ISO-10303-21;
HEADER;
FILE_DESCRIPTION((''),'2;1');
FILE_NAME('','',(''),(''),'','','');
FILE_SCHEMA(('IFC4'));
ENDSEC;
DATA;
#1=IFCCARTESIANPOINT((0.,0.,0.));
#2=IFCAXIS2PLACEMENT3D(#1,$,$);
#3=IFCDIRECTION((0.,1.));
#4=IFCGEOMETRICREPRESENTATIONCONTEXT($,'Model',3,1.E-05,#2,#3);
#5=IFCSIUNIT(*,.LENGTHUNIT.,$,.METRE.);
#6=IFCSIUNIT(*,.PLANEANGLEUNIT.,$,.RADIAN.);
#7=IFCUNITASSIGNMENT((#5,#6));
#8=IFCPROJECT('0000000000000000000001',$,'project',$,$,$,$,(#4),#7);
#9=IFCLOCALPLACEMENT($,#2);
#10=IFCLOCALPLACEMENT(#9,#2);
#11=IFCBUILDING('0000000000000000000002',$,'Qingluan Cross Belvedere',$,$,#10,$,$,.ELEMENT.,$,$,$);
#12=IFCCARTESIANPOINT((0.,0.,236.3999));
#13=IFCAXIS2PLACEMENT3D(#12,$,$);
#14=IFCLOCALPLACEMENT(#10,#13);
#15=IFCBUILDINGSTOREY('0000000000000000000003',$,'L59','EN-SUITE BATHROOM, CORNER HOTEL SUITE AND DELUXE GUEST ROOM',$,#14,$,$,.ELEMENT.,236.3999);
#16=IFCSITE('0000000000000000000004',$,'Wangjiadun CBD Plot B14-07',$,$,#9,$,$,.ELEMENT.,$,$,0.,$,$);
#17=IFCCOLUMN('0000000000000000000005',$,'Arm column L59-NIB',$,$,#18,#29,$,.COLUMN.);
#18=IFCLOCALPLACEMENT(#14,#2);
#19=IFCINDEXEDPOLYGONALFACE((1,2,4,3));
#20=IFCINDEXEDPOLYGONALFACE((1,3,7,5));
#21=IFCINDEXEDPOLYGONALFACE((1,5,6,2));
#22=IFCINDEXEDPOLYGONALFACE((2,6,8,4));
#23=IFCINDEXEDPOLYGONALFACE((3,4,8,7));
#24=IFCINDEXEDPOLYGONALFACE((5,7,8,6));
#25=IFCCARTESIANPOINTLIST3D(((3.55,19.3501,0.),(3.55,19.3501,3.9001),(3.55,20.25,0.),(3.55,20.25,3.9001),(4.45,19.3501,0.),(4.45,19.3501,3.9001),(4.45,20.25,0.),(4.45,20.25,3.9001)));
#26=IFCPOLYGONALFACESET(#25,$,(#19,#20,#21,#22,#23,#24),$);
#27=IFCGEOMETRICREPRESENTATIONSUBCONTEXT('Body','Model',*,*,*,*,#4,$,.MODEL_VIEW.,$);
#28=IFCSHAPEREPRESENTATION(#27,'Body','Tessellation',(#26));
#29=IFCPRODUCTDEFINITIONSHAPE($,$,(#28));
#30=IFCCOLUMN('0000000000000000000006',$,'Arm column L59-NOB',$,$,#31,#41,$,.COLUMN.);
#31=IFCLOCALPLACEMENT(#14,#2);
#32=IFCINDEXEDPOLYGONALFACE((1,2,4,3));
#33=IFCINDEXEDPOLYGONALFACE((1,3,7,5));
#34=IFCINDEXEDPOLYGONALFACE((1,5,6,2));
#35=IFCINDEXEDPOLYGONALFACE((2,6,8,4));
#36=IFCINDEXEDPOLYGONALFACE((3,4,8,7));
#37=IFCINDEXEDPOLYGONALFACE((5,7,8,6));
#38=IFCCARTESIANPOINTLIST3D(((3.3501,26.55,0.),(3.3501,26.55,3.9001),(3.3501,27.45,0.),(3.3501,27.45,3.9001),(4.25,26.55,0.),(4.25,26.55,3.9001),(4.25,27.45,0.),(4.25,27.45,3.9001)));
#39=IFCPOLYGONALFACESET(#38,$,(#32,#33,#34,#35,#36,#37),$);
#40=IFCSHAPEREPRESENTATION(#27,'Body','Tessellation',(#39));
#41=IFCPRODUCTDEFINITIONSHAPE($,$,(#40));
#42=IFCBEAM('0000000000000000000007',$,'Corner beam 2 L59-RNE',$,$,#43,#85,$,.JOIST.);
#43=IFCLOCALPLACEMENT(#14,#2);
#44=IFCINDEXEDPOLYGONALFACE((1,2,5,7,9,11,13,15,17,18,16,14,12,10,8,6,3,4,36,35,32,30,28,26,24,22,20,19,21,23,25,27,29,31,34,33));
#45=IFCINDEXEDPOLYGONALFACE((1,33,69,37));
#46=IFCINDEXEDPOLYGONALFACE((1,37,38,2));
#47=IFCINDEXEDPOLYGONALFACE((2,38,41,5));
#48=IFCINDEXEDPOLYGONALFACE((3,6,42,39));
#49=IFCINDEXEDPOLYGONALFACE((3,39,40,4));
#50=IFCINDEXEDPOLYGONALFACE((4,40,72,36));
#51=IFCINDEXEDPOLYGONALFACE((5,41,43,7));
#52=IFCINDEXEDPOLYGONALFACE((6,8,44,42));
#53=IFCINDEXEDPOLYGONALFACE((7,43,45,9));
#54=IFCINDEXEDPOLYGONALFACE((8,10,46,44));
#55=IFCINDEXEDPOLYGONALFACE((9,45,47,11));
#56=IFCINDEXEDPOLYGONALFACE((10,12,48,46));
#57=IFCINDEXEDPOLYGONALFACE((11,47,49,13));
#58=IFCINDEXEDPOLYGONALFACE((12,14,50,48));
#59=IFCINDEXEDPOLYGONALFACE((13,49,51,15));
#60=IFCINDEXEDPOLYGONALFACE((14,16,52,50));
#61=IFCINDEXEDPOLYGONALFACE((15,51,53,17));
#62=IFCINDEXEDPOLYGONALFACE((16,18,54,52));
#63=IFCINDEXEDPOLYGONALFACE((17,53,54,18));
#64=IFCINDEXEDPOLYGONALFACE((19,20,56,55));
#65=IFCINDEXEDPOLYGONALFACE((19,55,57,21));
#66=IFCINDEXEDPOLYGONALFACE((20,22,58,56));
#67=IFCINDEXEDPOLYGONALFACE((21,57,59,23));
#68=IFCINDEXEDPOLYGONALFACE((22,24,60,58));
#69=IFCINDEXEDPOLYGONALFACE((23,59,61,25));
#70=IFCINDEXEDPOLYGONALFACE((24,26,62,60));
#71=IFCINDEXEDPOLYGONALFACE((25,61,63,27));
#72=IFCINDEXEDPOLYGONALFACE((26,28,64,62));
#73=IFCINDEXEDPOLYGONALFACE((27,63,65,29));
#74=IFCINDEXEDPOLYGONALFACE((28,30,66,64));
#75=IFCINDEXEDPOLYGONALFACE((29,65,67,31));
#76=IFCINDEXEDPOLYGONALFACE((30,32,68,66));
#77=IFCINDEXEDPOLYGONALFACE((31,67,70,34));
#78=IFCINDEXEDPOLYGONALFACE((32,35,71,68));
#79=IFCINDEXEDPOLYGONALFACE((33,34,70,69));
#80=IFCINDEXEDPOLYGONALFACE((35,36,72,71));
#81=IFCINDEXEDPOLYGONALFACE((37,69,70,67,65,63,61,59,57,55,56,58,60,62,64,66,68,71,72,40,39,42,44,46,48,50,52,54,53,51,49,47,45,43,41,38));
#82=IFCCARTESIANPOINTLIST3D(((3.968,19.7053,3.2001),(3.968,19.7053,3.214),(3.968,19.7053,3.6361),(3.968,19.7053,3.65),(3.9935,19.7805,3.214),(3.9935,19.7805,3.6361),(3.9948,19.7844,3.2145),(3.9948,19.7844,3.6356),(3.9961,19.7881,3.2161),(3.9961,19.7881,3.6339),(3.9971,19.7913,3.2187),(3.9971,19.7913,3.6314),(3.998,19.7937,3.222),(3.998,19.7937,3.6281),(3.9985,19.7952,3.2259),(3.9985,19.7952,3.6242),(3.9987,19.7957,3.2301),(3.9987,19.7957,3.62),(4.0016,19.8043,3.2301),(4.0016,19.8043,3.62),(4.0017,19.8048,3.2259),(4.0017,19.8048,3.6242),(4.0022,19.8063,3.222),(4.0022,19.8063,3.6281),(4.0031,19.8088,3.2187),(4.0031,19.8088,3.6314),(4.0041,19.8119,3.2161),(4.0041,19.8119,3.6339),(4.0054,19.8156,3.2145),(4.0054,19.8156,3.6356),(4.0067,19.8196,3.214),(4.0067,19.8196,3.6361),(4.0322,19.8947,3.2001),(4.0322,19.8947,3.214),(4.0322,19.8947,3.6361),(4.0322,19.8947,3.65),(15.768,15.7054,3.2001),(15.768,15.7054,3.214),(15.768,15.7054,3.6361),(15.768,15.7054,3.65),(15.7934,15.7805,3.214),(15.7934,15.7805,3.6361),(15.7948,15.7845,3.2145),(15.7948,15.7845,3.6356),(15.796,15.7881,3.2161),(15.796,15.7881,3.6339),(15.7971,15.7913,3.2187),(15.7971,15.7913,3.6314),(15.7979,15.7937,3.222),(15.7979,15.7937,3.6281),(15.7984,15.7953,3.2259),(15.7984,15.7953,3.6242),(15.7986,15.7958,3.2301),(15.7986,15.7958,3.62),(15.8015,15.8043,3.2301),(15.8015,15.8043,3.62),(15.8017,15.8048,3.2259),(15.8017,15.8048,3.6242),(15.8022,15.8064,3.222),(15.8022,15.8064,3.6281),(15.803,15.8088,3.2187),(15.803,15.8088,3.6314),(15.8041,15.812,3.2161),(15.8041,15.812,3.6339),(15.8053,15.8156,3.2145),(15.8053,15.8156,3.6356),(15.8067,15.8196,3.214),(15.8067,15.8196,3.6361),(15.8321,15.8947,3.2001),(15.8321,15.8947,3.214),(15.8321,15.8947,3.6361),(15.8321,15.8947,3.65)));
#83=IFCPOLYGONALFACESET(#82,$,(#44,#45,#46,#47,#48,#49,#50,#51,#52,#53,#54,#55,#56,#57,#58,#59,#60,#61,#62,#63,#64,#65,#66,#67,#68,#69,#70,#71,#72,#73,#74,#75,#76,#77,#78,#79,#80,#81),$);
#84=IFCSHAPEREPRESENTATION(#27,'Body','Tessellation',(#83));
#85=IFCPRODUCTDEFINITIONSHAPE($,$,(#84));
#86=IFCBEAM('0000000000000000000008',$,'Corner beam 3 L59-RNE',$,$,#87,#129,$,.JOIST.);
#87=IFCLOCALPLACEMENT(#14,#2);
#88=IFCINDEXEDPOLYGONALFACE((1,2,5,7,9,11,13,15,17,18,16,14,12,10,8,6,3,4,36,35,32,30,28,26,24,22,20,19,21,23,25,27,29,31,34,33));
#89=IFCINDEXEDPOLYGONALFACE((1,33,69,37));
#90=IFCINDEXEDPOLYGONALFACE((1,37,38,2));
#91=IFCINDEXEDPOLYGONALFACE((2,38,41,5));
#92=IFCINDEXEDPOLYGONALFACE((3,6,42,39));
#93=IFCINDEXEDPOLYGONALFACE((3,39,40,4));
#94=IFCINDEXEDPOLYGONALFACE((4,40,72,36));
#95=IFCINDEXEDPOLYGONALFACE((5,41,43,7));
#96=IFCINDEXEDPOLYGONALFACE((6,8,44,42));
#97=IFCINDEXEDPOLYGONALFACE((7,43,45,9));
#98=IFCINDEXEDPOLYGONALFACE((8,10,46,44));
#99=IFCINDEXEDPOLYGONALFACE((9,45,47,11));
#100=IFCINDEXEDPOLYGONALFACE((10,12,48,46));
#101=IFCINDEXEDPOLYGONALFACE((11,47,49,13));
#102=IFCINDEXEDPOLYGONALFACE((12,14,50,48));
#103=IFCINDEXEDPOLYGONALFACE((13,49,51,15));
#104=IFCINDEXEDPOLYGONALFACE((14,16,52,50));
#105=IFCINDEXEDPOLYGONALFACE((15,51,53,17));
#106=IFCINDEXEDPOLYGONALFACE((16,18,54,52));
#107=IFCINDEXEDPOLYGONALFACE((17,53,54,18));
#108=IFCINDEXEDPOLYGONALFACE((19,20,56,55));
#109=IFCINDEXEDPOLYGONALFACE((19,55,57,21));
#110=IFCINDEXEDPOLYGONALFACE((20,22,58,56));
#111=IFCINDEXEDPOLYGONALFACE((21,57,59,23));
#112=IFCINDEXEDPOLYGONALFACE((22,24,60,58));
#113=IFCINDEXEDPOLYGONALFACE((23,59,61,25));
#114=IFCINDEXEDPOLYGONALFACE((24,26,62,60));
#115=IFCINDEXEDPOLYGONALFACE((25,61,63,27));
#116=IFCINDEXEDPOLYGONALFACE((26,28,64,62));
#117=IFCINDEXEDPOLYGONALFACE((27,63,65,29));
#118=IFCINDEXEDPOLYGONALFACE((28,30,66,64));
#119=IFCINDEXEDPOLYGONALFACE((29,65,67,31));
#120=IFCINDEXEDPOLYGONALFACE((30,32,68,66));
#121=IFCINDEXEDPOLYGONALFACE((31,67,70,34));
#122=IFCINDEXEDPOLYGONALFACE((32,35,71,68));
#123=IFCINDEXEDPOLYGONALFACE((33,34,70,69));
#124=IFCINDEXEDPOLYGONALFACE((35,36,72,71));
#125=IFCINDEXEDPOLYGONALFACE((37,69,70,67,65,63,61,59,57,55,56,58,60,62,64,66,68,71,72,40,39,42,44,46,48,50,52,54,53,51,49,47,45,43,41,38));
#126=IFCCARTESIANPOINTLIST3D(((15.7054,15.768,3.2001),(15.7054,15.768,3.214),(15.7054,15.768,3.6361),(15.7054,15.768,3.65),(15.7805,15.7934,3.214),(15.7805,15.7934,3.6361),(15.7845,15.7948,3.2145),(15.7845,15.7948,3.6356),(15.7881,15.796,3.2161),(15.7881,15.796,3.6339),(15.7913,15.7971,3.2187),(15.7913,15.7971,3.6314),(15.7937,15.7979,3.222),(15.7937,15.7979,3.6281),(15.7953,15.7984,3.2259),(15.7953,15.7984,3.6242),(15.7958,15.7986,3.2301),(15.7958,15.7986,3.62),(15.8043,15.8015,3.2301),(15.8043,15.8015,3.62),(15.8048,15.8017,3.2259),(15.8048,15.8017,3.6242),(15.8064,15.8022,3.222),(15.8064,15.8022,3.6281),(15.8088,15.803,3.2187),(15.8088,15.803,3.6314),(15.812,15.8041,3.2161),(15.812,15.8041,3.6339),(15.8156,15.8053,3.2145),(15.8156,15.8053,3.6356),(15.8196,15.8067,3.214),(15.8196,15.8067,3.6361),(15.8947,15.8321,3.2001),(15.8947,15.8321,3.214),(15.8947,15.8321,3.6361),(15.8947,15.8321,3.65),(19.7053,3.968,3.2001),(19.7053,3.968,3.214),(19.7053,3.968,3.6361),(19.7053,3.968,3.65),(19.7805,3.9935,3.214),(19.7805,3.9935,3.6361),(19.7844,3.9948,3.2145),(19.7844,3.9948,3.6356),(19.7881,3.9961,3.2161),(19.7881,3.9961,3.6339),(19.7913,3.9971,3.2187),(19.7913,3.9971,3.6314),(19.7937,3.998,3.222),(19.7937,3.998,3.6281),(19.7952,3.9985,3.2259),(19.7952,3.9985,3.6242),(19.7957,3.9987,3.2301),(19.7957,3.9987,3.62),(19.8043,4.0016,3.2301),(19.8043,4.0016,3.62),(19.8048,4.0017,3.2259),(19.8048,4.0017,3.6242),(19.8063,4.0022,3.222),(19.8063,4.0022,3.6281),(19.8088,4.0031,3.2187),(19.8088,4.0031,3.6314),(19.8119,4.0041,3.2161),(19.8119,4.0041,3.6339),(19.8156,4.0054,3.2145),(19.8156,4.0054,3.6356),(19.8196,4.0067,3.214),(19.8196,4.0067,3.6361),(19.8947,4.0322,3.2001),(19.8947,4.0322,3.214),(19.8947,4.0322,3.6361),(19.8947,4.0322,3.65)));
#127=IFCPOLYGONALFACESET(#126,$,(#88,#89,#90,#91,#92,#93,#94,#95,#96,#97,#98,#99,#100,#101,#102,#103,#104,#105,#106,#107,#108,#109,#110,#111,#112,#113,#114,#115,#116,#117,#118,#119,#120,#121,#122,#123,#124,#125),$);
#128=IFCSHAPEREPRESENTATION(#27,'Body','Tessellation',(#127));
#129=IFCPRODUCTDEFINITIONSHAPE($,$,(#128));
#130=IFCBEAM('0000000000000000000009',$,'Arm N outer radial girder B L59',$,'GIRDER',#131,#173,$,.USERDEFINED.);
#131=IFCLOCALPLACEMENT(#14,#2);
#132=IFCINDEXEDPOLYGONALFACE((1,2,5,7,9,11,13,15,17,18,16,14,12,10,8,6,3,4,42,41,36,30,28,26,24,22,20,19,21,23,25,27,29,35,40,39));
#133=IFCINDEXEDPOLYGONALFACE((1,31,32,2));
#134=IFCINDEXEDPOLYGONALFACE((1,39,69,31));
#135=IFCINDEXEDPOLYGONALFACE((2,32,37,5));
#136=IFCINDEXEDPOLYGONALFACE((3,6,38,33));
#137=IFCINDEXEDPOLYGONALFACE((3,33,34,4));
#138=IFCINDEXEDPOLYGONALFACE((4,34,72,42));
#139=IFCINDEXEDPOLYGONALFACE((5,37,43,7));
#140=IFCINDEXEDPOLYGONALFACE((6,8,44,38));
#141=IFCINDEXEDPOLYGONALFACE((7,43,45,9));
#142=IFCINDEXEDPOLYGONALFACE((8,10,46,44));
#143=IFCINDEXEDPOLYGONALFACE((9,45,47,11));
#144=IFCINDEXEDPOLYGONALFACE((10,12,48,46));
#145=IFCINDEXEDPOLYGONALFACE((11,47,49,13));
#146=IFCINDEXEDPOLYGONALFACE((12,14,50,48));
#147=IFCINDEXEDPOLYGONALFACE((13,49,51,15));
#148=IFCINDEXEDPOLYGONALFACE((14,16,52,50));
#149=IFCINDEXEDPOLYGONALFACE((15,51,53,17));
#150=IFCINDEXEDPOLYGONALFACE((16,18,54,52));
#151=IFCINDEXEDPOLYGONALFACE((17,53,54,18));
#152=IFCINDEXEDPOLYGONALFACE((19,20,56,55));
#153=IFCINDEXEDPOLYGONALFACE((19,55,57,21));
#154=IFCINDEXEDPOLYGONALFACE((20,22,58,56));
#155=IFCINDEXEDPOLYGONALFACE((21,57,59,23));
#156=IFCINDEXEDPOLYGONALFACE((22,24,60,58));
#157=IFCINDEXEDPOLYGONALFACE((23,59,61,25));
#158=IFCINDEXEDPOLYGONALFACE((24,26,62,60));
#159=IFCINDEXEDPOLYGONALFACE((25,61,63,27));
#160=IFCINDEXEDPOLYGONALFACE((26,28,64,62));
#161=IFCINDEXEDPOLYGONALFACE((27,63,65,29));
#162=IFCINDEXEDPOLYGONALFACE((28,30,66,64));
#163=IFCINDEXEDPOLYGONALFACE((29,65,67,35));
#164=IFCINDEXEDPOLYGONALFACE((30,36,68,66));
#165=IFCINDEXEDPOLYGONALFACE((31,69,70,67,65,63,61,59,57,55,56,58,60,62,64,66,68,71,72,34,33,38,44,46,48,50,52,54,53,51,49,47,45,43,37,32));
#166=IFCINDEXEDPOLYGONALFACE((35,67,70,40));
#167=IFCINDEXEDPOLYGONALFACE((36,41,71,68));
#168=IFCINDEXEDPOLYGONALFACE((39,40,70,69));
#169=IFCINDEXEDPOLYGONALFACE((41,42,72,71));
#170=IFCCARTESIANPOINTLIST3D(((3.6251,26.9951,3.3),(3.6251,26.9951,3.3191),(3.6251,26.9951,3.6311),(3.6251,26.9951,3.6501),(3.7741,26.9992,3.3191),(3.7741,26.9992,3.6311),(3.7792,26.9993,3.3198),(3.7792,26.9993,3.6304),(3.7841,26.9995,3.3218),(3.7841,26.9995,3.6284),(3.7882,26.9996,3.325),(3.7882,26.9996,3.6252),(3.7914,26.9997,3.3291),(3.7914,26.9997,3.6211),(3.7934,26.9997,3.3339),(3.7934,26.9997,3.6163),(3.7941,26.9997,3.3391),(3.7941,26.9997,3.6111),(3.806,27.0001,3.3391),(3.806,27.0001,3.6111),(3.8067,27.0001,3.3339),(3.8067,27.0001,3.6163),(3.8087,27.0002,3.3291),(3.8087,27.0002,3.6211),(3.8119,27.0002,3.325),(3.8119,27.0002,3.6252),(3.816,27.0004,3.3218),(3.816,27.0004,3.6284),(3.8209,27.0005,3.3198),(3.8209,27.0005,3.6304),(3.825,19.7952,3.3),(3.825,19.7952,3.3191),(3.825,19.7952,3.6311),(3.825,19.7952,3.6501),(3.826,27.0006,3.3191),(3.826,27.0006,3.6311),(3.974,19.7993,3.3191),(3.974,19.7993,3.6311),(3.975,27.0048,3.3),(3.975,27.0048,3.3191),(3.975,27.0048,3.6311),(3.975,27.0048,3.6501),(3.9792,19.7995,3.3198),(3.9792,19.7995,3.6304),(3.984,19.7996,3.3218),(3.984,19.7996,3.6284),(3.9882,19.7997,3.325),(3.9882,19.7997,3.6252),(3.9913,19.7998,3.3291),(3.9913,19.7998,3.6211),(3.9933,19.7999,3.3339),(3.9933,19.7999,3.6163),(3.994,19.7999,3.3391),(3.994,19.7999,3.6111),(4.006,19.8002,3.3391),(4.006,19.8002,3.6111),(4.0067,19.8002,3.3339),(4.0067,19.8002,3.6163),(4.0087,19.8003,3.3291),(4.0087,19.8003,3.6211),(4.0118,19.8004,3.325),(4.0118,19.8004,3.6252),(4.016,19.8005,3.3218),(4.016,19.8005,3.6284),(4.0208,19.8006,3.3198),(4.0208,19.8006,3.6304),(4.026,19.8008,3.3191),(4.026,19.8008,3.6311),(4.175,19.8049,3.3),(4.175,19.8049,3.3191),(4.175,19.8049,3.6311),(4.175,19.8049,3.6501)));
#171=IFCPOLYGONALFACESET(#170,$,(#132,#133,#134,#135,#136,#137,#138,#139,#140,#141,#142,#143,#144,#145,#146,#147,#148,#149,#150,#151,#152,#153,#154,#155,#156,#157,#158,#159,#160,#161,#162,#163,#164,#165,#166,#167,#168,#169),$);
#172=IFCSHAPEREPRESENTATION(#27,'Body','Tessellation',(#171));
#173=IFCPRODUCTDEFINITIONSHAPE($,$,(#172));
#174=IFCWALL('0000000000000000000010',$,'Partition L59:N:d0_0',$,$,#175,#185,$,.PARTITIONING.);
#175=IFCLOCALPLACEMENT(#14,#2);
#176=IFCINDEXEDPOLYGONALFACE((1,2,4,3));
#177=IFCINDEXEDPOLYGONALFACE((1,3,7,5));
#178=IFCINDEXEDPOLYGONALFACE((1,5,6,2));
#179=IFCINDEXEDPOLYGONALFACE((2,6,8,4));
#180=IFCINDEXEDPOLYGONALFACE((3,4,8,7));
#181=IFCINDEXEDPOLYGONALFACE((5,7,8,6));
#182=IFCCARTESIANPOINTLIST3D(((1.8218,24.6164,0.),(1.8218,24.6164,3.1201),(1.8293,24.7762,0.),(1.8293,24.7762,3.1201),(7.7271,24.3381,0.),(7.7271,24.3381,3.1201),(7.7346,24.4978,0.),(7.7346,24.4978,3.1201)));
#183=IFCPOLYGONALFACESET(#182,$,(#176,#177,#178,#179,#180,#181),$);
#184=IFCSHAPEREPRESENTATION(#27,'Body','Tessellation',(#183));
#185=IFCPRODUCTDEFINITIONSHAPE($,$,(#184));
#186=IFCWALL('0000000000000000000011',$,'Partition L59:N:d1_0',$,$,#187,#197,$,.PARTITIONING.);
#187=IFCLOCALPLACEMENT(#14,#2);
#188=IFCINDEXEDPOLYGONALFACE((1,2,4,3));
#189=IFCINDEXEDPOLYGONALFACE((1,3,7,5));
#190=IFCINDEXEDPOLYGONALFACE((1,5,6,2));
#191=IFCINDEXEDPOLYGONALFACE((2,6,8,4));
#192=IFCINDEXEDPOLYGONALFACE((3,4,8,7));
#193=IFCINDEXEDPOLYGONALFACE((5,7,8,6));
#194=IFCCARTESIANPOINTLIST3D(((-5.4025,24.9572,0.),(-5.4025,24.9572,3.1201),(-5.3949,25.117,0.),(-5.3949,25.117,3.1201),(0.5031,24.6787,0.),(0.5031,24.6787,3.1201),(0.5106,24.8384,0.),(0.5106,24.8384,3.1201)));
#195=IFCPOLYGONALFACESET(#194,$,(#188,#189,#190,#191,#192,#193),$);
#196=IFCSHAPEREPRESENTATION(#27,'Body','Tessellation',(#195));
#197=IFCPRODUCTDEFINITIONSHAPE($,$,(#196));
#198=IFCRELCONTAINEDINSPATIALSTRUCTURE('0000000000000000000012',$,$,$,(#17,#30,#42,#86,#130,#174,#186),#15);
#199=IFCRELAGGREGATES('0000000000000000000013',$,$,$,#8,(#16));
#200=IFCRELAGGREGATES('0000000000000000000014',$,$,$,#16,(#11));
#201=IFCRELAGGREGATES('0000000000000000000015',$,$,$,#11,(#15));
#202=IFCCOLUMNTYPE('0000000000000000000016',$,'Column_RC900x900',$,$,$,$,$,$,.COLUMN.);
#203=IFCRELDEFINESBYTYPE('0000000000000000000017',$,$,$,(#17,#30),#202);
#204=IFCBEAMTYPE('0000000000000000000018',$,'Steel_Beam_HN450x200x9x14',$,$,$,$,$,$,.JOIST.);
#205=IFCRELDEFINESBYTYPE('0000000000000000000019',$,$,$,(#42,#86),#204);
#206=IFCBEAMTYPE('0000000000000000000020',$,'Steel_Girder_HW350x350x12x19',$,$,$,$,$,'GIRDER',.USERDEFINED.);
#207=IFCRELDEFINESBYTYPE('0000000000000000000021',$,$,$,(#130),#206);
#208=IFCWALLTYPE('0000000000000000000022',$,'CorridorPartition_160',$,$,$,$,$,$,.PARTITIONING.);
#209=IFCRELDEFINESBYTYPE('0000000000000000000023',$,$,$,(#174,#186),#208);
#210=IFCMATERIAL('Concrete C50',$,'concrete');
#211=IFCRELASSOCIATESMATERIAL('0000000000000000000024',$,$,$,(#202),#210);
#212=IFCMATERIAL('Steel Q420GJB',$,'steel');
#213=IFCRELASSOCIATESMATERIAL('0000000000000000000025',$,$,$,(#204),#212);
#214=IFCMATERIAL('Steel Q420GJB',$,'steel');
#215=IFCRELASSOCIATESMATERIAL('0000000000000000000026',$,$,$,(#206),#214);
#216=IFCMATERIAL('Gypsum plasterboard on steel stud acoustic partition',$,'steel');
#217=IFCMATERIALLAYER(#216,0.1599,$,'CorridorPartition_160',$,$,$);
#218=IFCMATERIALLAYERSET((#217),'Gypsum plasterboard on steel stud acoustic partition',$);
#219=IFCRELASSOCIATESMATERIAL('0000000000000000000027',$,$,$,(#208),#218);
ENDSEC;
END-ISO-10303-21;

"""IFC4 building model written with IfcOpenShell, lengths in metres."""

from ifc_helpers import new_model, si_unit, direction, frame, frame_2d, origin, origin_2d, place, context, subcontext, project, spatial, rectangle, i_section, extrude, material, layer, layer_set, material_profile, profile_set, type_object, element, save


model = new_model("IFC4")

# Units and contexts
model_context = context("Model", 3, precision=1e-05, world=origin(), true_north=direction((0.0, 1.0)))
body_context = subcontext(model_context, "Body", "Model", "MODEL_VIEW")
ifc_project = project(units=[si_unit("LENGTHUNIT", "METRE"), si_unit("PLANEANGLEUNIT", "RADIAN")], contexts=[model_context])

# Site, building, storey
site_placement = place(None, origin())
site = spatial("IfcSite", under=ifc_project, at=site_placement, Name="Wangjiadun CBD Plot B14-07", CompositionType="ELEMENT", RefElevation=0.0)
building_placement = place(site_placement, origin())
building = spatial("IfcBuilding", under=site, at=building_placement, Name="Qingluan Cross Belvedere", CompositionType="ELEMENT")
storey_placement = place(building_placement, frame((0.0, 0.0, 236.3999)))
storey = spatial("IfcBuildingStorey", under=building, at=storey_placement, Name="L59", Description="EN-SUITE BATHROOM, CORNER HOTEL SUITE AND DELUXE GUEST ROOM", CompositionType="ELEMENT", Elevation=236.3999)

# Columns
ifc_material_1 = material(Name="Concrete C50", Category="concrete")
ifc_material_profile_1 = material_profile(ifc_material_1, rectangle(XDim=0.8999, YDim=0.8999, at=origin_2d()), Name="RC900x900")
ifc_profile_set_1 = profile_set([ifc_material_profile_1], Name="Concrete C50")
column_type = type_object("IfcColumnType", Name="Column_RC900x900", PredefinedType="COLUMN", material=ifc_profile_set_1)
for number, where, z_axis, x_axis, name in (
    (1, (4.0, 19.8, 0.0), (0.0, 0.0, 1.0), (1.0, 0.0, 0.0), "Arm column L59-NIB"),
    (2, (3.8, 27.0, 0.0), (0.0, 0.0, 1.0), (1.0, 0.0, 0.0), "Arm column L59-NOB"),
):
    element("IfcColumn", number, at=place(storey_placement, frame(where, z_axis=z_axis, x_axis=x_axis)), inside=storey, type_object=column_type, Name=name, PredefinedType="COLUMN", context=body_context, shape_type="SweptSolid", body=[
        extrude(rectangle(XDim=0.8999, YDim=0.8999, at=origin_2d()), origin(), (0.0, 0.0, 1.0), 3.9001),
    ])

# Beams
ifc_material_2 = material(Name="Steel Q420GJB", Category="steel")
ifc_material_profile_2 = material_profile(ifc_material_2, i_section(OverallWidth=0.2, OverallDepth=0.45, WebThickness=0.009, FlangeThickness=0.0139, FilletRadius=0.0161, at=origin_2d()), Name="HN450x200x9x14")
ifc_profile_set_2 = profile_set([ifc_material_profile_2], Name="Steel Q420GJB")
beam_type_1 = type_object("IfcBeamType", Name="Steel_Beam_HN450x200x9x14", PredefinedType="JOIST", material=ifc_profile_set_2)
for number, where, z_axis, x_axis, name in (
    (3, (15.8, 15.8, 3.425), (-0.947066, 0.321038, 0.0), (-0.321038, -0.947066, 0.0), "Corner beam 2 L59-RNE"),
    (4, (15.8, 15.8, 3.425), (0.321038, -0.947066, 0.0), (0.947066, 0.321038, 0.0), "Corner beam 3 L59-RNE"),
):
    element("IfcBeam", number, at=place(storey_placement, frame(where, z_axis=z_axis, x_axis=x_axis)), inside=storey, type_object=beam_type_1, Name=name, PredefinedType="JOIST", context=body_context, shape_type="SweptSolid", body=[
        extrude(i_section(OverallWidth=0.2, OverallDepth=0.45, WebThickness=0.009, FlangeThickness=0.0139, FilletRadius=0.0161, at=origin_2d()), origin(), (0.0, 0.0, 1.0), 12.4595),
    ])
ifc_material_3 = material(Name="Steel Q420GJB", Category="steel")
ifc_material_profile_3 = material_profile(ifc_material_3, i_section(OverallWidth=0.3501, OverallDepth=0.3501, WebThickness=0.012, FlangeThickness=0.019, FilletRadius=0.02, at=origin_2d()), Name="HW350x350x12x19")
ifc_profile_set_3 = profile_set([ifc_material_profile_3], Name="Steel Q420GJB")
beam_type_2 = type_object("IfcBeamType", Name="Steel_Girder_HW350x350x12x19", ElementType="GIRDER", PredefinedType="USERDEFINED", material=ifc_profile_set_3)
beam_placement = place(storey_placement, frame((4.0, 19.8, 3.4751), z_axis=(-0.02776, 0.999615, 0.0), x_axis=(-0.999615, -0.02776, 0.0)))
element("IfcBeam", 5, at=beam_placement, inside=storey, type_object=beam_type_2, Name="Arm N outer radial girder B L59", ObjectType="GIRDER", PredefinedType="USERDEFINED", context=body_context, shape_type="SweptSolid", body=[
    extrude(i_section(OverallWidth=0.3501, OverallDepth=0.3501, WebThickness=0.012, FlangeThickness=0.019, FilletRadius=0.02, at=origin_2d()), origin(), (0.0, 0.0, 1.0), 7.2026),
])

# Walls
ifc_material_4 = material(Name="Gypsum plasterboard on steel stud acoustic partition", Category="steel")
ifc_layer_1 = layer(ifc_material_4, 0.1599, Name="CorridorPartition_160")
ifc_layer_set_1 = layer_set([ifc_layer_1], Name="Gypsum plasterboard on steel stud acoustic partition")
wall_type_1 = type_object("IfcWallType", Name="CorridorPartition_160", PredefinedType="PARTITIONING", material=ifc_layer_set_1)
wall_1_placement = place(storey_placement, frame((1.8254, 24.6963, 0.0), z_axis=(0.0, 0.0, 1.0), x_axis=(0.998891, -0.047079, 0.0)))
element("IfcWall", 6, at=wall_1_placement, inside=storey, type_object=wall_type_1, Name="Partition L59:N:d0_0", PredefinedType="PARTITIONING", context=body_context, shape_type="SweptSolid", body=[
    extrude(rectangle(XDim=5.9119, YDim=0.1599, at=frame_2d((2.9561, 0.0))), origin(), (0.0, 0.0, 1.0), 3.1201),
])
wall_2_placement = place(storey_placement, frame((0.5068, 24.7585, 0.0), z_axis=(0.0, 0.0, 1.0), x_axis=(-0.998889, 0.047118, 0.0)))
element("IfcWall", 7, at=wall_2_placement, inside=storey, type_object=wall_type_1, Name="Partition L59:N:d1_0", PredefinedType="PARTITIONING", context=body_context, shape_type="SweptSolid", body=[
    extrude(rectangle(XDim=5.9121, YDim=0.1599, at=frame_2d((2.9561, 0.0))), origin(), (0.0, 0.0, 1.0), 3.1201),
])

save(model, "model.ifc")
